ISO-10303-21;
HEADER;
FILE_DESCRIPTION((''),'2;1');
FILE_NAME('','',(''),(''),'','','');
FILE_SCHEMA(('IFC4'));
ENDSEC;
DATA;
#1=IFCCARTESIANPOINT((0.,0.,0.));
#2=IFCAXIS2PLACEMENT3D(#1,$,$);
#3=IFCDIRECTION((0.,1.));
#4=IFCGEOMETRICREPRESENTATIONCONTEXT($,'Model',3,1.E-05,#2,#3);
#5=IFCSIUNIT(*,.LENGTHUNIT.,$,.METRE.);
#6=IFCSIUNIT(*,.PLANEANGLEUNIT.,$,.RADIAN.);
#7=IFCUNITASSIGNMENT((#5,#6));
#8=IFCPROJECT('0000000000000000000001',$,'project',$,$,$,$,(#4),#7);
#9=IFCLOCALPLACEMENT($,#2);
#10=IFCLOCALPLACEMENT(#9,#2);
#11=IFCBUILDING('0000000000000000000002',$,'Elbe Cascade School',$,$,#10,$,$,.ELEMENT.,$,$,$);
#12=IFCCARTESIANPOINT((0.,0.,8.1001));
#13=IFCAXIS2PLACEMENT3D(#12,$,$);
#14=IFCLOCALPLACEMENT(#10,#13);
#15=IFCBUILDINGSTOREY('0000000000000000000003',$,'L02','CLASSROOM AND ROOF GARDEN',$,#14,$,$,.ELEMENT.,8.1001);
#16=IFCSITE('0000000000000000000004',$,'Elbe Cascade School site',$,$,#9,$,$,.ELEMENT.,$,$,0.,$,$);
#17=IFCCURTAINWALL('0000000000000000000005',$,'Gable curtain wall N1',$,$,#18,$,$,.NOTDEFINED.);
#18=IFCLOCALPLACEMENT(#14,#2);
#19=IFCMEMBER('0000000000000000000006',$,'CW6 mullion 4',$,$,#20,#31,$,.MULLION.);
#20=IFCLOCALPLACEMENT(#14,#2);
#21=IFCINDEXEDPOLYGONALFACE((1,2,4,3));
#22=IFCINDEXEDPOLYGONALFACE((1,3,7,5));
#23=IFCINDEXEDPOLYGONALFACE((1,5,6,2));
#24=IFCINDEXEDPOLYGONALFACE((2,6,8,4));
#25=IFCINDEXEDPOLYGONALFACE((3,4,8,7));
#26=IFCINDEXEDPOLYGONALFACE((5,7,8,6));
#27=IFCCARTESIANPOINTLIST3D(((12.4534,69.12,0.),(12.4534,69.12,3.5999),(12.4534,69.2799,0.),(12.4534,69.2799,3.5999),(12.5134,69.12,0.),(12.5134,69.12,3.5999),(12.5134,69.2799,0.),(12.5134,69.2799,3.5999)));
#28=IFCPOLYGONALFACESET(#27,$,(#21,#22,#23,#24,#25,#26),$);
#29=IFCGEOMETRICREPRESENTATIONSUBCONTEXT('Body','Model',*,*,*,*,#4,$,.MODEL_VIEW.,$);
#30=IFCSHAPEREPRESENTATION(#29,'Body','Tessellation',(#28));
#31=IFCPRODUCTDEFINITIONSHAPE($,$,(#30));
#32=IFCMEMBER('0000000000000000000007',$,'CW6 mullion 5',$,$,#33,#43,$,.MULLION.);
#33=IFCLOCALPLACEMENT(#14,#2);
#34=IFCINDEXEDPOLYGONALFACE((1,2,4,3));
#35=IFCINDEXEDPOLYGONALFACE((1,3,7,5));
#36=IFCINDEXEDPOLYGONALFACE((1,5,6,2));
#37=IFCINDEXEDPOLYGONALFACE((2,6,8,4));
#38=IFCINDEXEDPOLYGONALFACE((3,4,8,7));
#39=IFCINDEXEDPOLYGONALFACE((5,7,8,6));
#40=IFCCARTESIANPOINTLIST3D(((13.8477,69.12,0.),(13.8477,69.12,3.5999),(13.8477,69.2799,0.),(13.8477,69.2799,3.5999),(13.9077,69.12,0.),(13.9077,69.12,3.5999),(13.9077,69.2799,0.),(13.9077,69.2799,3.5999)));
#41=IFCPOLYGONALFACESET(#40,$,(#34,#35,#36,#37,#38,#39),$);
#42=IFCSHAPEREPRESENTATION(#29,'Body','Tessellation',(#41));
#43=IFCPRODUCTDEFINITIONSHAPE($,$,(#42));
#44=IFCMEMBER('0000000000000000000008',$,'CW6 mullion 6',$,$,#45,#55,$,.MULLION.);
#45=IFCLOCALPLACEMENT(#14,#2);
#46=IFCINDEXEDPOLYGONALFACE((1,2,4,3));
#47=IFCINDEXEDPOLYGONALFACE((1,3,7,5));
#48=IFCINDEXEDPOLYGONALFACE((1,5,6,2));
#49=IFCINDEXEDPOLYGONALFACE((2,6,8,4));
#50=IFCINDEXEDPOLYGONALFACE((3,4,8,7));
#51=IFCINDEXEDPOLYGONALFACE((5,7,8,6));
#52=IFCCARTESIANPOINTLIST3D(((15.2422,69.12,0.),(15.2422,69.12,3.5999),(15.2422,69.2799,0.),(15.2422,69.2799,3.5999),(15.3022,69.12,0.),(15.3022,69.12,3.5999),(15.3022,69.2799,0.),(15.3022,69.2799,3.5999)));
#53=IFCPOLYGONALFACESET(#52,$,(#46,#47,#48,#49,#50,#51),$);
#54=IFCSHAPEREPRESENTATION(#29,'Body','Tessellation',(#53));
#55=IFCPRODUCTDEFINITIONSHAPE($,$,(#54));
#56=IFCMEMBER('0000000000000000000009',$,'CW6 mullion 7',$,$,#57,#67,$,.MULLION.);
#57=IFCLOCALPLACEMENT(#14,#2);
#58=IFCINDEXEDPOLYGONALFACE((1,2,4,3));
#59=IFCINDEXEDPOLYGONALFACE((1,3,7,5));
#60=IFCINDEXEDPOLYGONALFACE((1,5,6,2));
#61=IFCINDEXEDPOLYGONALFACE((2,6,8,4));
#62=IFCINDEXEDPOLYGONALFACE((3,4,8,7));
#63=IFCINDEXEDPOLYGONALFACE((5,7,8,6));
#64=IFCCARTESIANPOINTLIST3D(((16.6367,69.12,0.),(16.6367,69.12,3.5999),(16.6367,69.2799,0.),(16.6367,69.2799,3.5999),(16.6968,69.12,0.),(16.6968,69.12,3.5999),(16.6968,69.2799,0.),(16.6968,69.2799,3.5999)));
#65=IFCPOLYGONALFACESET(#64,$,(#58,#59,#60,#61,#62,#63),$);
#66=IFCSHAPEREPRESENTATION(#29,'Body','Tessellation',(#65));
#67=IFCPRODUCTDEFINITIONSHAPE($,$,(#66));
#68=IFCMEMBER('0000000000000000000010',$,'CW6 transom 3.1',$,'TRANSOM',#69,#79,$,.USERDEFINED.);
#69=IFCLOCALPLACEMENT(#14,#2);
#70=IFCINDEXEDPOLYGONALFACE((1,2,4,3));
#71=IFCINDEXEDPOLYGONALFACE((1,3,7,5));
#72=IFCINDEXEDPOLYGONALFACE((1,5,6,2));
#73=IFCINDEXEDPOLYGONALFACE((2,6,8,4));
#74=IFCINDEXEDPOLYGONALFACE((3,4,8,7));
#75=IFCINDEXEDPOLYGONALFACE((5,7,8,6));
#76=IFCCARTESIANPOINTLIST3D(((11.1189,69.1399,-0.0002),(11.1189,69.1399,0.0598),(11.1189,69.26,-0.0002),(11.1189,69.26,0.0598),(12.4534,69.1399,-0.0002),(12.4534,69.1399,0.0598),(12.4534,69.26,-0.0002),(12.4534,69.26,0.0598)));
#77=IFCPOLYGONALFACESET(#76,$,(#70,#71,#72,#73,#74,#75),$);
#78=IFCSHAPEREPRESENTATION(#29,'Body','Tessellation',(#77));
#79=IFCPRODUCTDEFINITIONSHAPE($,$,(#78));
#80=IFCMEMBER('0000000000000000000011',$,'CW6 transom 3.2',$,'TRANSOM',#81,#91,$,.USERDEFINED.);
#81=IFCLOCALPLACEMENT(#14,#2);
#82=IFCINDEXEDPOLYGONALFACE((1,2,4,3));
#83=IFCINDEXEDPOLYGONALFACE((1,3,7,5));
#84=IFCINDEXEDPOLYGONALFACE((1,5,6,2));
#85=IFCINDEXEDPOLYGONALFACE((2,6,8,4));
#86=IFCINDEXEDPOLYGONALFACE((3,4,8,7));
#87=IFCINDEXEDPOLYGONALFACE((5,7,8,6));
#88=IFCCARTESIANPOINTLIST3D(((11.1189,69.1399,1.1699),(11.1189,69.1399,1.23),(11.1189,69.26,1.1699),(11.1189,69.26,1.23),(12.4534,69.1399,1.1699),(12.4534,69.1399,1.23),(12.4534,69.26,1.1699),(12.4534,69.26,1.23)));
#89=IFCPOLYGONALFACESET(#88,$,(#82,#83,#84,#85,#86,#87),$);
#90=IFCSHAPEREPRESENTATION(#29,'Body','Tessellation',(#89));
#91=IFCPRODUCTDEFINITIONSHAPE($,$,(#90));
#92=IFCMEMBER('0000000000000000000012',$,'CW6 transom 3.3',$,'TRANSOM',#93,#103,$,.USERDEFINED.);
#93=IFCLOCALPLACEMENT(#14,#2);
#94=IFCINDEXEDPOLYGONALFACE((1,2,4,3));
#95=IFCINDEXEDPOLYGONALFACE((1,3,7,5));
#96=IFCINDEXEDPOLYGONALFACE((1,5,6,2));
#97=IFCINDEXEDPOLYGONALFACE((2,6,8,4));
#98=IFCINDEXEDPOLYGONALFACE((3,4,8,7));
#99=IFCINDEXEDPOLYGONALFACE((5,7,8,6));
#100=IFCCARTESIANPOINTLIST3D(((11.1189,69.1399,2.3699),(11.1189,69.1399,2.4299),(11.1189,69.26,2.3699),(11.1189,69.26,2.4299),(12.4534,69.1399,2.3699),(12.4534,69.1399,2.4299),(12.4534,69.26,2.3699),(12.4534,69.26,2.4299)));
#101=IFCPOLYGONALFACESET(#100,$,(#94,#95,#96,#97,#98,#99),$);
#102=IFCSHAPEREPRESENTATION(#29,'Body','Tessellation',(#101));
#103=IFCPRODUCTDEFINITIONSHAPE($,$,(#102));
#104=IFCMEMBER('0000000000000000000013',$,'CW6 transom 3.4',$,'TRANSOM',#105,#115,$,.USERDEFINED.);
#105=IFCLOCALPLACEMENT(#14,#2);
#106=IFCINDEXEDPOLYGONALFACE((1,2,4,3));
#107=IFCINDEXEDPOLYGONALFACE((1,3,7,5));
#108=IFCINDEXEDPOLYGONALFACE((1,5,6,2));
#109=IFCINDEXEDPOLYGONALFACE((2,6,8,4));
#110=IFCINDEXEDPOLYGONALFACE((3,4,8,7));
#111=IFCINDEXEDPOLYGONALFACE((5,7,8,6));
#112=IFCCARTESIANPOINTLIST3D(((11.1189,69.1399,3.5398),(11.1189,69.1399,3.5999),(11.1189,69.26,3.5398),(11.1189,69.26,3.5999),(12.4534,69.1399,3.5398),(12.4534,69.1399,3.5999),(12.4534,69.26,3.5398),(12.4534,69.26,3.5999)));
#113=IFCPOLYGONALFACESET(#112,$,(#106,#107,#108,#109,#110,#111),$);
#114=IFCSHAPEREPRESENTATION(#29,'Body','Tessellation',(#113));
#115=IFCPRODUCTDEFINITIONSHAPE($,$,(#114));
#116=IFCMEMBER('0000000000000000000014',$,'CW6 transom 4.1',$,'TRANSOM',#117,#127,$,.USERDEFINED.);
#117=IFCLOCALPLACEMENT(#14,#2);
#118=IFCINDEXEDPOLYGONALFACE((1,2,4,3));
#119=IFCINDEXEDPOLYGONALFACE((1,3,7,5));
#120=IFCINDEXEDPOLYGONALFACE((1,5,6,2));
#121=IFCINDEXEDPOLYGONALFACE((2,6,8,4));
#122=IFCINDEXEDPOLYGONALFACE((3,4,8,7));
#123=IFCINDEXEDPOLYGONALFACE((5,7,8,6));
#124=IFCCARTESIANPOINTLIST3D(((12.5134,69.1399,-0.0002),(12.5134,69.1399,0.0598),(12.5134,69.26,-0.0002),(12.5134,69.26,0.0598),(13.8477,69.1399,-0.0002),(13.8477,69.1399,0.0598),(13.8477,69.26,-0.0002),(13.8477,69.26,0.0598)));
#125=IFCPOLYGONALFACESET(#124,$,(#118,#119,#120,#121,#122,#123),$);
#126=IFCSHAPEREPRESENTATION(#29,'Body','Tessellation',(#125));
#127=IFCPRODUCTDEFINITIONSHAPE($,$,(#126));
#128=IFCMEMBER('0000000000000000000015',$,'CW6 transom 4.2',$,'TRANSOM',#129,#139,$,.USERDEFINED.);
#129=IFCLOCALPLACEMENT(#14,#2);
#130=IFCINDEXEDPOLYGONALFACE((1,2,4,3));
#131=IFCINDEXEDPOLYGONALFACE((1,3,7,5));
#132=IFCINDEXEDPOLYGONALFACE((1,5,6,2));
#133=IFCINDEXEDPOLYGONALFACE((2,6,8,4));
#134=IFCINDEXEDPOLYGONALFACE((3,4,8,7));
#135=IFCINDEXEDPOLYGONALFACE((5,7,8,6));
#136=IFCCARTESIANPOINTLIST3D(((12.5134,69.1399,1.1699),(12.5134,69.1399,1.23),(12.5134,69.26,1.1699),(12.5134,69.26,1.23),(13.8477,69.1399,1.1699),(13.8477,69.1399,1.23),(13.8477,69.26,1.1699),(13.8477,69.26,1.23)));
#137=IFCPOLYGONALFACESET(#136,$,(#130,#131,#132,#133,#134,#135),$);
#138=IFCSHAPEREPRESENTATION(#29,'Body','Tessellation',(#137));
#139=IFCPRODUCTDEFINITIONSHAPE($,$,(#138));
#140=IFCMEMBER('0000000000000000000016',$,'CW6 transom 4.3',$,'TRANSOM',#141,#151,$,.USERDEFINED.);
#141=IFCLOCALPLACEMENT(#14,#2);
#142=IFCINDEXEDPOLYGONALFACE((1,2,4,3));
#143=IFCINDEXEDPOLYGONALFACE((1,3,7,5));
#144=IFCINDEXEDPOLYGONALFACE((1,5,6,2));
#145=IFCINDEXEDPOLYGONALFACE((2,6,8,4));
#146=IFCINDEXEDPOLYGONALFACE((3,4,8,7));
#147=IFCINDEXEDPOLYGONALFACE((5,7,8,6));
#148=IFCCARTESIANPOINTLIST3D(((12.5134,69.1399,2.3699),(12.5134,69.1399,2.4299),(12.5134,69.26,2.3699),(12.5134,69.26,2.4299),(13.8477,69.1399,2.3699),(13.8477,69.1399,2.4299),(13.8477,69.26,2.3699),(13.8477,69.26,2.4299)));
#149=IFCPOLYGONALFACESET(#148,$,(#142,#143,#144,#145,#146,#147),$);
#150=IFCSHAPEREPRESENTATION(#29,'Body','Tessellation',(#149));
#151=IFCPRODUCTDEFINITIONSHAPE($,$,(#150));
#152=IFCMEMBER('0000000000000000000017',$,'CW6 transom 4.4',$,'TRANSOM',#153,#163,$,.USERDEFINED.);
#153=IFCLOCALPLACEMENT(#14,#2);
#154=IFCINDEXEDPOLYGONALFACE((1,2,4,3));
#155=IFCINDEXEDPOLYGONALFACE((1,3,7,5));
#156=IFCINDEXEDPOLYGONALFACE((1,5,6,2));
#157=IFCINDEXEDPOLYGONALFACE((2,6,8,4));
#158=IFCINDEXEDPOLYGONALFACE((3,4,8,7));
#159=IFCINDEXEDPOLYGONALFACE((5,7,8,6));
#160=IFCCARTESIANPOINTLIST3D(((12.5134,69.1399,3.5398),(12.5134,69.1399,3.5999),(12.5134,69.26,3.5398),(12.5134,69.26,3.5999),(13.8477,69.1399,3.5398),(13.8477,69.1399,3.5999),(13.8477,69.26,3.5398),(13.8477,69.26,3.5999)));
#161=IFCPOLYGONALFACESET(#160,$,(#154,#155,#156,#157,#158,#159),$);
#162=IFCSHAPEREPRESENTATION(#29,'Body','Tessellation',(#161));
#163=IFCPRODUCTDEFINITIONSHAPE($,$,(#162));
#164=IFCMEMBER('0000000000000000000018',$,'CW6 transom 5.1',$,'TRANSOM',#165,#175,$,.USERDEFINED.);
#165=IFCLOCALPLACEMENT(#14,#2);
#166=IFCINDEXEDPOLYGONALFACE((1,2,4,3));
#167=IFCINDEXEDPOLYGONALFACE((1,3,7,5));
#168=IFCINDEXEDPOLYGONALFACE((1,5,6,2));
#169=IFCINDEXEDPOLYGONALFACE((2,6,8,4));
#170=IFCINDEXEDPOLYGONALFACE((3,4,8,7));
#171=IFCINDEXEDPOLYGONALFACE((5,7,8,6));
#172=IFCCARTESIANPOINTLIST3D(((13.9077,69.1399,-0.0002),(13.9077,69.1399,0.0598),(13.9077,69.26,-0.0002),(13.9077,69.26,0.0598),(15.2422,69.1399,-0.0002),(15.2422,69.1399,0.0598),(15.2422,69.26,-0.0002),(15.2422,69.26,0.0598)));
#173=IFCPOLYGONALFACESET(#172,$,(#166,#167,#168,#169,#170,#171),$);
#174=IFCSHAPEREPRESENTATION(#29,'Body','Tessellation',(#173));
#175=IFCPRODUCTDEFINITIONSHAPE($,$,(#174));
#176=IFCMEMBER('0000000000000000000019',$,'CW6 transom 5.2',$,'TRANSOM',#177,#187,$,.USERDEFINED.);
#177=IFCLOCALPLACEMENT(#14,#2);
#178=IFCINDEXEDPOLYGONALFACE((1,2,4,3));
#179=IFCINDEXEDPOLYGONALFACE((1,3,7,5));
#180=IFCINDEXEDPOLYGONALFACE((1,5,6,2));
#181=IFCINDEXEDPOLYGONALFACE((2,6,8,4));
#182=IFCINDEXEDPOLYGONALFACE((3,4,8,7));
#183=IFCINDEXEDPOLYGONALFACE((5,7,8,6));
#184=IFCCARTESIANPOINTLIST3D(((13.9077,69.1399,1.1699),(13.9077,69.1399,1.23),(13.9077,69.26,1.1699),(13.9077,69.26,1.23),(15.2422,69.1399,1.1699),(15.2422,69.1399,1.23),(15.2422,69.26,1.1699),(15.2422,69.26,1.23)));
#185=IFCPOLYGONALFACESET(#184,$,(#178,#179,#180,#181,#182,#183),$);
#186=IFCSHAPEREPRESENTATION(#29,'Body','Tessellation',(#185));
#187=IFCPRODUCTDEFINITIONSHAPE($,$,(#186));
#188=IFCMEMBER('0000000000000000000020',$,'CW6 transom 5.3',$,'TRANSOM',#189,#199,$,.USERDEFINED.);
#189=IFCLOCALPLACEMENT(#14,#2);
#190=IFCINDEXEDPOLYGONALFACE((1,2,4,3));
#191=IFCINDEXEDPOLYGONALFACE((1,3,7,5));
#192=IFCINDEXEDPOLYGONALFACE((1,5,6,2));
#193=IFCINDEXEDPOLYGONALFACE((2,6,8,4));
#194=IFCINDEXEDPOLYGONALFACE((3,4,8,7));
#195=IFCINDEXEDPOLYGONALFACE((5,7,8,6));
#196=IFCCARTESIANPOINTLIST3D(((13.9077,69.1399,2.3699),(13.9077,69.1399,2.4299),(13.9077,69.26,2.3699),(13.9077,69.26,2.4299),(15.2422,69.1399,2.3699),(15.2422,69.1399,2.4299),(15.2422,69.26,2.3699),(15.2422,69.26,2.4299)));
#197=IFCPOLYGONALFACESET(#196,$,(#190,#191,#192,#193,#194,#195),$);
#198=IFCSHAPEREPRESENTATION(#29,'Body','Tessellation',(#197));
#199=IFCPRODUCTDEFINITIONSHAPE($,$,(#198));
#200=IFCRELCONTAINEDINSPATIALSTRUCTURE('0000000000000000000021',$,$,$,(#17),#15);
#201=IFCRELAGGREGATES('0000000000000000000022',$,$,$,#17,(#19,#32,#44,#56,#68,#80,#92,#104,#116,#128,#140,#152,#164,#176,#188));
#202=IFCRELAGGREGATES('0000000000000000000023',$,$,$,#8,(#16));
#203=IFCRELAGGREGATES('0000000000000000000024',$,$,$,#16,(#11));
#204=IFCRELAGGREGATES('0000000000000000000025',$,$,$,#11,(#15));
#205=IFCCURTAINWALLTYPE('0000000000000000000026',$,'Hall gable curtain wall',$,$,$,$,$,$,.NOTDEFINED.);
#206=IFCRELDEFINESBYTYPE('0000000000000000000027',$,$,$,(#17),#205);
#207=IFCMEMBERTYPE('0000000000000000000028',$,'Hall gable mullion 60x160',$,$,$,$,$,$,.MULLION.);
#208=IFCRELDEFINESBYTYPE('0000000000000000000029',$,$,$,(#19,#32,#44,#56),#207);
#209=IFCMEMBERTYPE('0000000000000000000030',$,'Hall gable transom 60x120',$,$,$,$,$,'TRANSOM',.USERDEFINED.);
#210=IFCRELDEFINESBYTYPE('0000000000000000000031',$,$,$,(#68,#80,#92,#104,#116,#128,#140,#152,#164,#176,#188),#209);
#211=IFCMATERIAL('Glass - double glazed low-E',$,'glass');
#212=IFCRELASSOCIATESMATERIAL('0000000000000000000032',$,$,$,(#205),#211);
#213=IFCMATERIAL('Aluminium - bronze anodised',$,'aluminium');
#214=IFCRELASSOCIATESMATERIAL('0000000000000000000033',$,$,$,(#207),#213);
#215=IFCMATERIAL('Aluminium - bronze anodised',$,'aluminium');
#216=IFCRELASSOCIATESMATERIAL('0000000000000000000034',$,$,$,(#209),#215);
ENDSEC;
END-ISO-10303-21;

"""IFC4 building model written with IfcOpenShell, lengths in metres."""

from ifc_helpers import new_model, si_unit, direction, frame, origin, origin_2d, place, context, subcontext, project, spatial, rectangle, extrude, material, material_profile, profile_set, type_object, element, aggregate, save


model = new_model("IFC4")

# Units and contexts
model_context = context("Model", 3, precision=1e-05, world=origin(), true_north=direction((0.0, 1.0)))
body_context = subcontext(model_context, "Body", "Model", "MODEL_VIEW")
ifc_project = project(units=[si_unit("LENGTHUNIT", "METRE"), si_unit("PLANEANGLEUNIT", "RADIAN")], contexts=[model_context])

# Site, building, storey
site_placement = place(None, origin())
site = spatial("IfcSite", under=ifc_project, at=site_placement, Name="Elbe Cascade School site", CompositionType="ELEMENT", RefElevation=0.0)
building_placement = place(site_placement, origin())
building = spatial("IfcBuilding", under=site, at=building_placement, Name="Elbe Cascade School", CompositionType="ELEMENT")
storey_placement = place(building_placement, frame((0.0, 0.0, 8.1001)))
storey = spatial("IfcBuildingStorey", under=building, at=storey_placement, Name="L02", Description="CLASSROOM AND ROOF GARDEN", CompositionType="ELEMENT", Elevation=8.1001)

# Curtain wall, members
ifc_material_1 = material(Name="Glass - double glazed low-E", Category="glass")
curtain_wall_type = type_object("IfcCurtainWallType", Name="Hall gable curtain wall", PredefinedType="NOTDEFINED", material=ifc_material_1)
curtain_wall_placement = place(storey_placement, origin())
curtain_wall = element("IfcCurtainWall", 1, at=curtain_wall_placement, inside=storey, type_object=curtain_wall_type, Name="Gable curtain wall N1", PredefinedType="NOTDEFINED")
ifc_material_2 = material(Name="Aluminium - bronze anodised", Category="aluminium")
ifc_material_profile_1 = material_profile(ifc_material_2, rectangle(XDim=0.1599, YDim=0.0601, at=origin_2d()), Name="Alu 60x160")
ifc_profile_set_1 = profile_set([ifc_material_profile_1], Name="Aluminium - bronze anodised")
member_type_1 = type_object("IfcMemberType", Name="Hall gable mullion 60x160", PredefinedType="MULLION", material=ifc_profile_set_1)
member_1_placement = place(storey_placement, frame((12.4834, 69.2, 0.0), z_axis=(0.0, 0.0, 1.0), x_axis=(0.0, 1.0, 0.0)))
member_1 = element("IfcMember", 2, at=member_1_placement, type_object=member_type_1, Name="CW6 mullion 4", PredefinedType="MULLION", context=body_context, shape_type="SweptSolid", body=[
    extrude(rectangle(XDim=0.1599, YDim=0.0601, at=origin_2d()), origin(), (0.0, 0.0, 1.0), 3.5999),
])
member_2_placement = place(storey_placement, frame((13.8777, 69.2, 0.0), z_axis=(0.0, 0.0, 1.0), x_axis=(0.0, 1.0, 0.0)))
member_2 = element("IfcMember", 3, at=member_2_placement, type_object=member_type_1, Name="CW6 mullion 5", PredefinedType="MULLION", context=body_context, shape_type="SweptSolid", body=[
    extrude(rectangle(XDim=0.1599, YDim=0.0601, at=origin_2d()), origin(), (0.0, 0.0, 1.0), 3.5999),
])
member_3_placement = place(storey_placement, frame((15.2722, 69.2, 0.0), z_axis=(0.0, 0.0, 1.0), x_axis=(0.0, 1.0, 0.0)))
member_3 = element("IfcMember", 4, at=member_3_placement, type_object=member_type_1, Name="CW6 mullion 6", PredefinedType="MULLION", context=body_context, shape_type="SweptSolid", body=[
    extrude(rectangle(XDim=0.1599, YDim=0.0601, at=origin_2d()), origin(), (0.0, 0.0, 1.0), 3.5999),
])
member_4_placement = place(storey_placement, frame((16.6667, 69.2, 0.0), z_axis=(0.0, 0.0, 1.0), x_axis=(0.0, 1.0, 0.0)))
member_4 = element("IfcMember", 5, at=member_4_placement, type_object=member_type_1, Name="CW6 mullion 7", PredefinedType="MULLION", context=body_context, shape_type="SweptSolid", body=[
    extrude(rectangle(XDim=0.1599, YDim=0.0601, at=origin_2d()), origin(), (0.0, 0.0, 1.0), 3.5999),
])
ifc_material_3 = material(Name="Aluminium - bronze anodised", Category="aluminium")
ifc_material_profile_2 = material_profile(ifc_material_3, rectangle(XDim=0.1201, YDim=0.0601, at=origin_2d()), Name="Alu 60x120")
ifc_profile_set_2 = profile_set([ifc_material_profile_2], Name="Aluminium - bronze anodised")
member_type_2 = type_object("IfcMemberType", Name="Hall gable transom 60x120", ElementType="TRANSOM", PredefinedType="USERDEFINED", material=ifc_profile_set_2)
member_5_placement = place(storey_placement, frame((11.1189, 69.2, 0.0298), z_axis=(1.0, 0.0, 0.0), x_axis=(0.0, 1.0, 0.0)))
member_5 = element("IfcMember", 6, at=member_5_placement, type_object=member_type_2, Name="CW6 transom 3.1", ObjectType="TRANSOM", PredefinedType="USERDEFINED", context=body_context, shape_type="SweptSolid", body=[
    extrude(rectangle(XDim=0.1201, YDim=0.0601, at=origin_2d()), origin(), (0.0, 0.0, 1.0), 1.3345),
])
member_6_placement = place(storey_placement, frame((11.1189, 69.2, 1.2), z_axis=(1.0, 0.0, 0.0), x_axis=(0.0, 1.0, 0.0)))
member_6 = element("IfcMember", 7, at=member_6_placement, type_object=member_type_2, Name="CW6 transom 3.2", ObjectType="TRANSOM", PredefinedType="USERDEFINED", context=body_context, shape_type="SweptSolid", body=[
    extrude(rectangle(XDim=0.1201, YDim=0.0601, at=origin_2d()), origin(), (0.0, 0.0, 1.0), 1.3345),
])
member_7_placement = place(storey_placement, frame((11.1189, 69.2, 2.3999), z_axis=(1.0, 0.0, 0.0), x_axis=(0.0, 1.0, 0.0)))
member_7 = element("IfcMember", 8, at=member_7_placement, type_object=member_type_2, Name="CW6 transom 3.3", ObjectType="TRANSOM", PredefinedType="USERDEFINED", context=body_context, shape_type="SweptSolid", body=[
    extrude(rectangle(XDim=0.1201, YDim=0.0601, at=origin_2d()), origin(), (0.0, 0.0, 1.0), 1.3345),
])
member_8_placement = place(storey_placement, frame((11.1189, 69.2, 3.5698), z_axis=(1.0, 0.0, 0.0), x_axis=(0.0, 1.0, 0.0)))
member_8 = element("IfcMember", 9, at=member_8_placement, type_object=member_type_2, Name="CW6 transom 3.4", ObjectType="TRANSOM", PredefinedType="USERDEFINED", context=body_context, shape_type="SweptSolid", body=[
    extrude(rectangle(XDim=0.1201, YDim=0.0601, at=origin_2d()), origin(), (0.0, 0.0, 1.0), 1.3345),
])
member_9_placement = place(storey_placement, frame((12.5134, 69.2, 0.0298), z_axis=(1.0, 0.0, 0.0), x_axis=(0.0, 1.0, 0.0)))
member_9 = element("IfcMember", 10, at=member_9_placement, type_object=member_type_2, Name="CW6 transom 4.1", ObjectType="TRANSOM", PredefinedType="USERDEFINED", context=body_context, shape_type="SweptSolid", body=[
    extrude(rectangle(XDim=0.1201, YDim=0.0601, at=origin_2d()), origin(), (0.0, 0.0, 1.0), 1.3342),
])
member_10_placement = place(storey_placement, frame((12.5134, 69.2, 1.2), z_axis=(1.0, 0.0, 0.0), x_axis=(0.0, 1.0, 0.0)))
member_10 = element("IfcMember", 11, at=member_10_placement, type_object=member_type_2, Name="CW6 transom 4.2", ObjectType="TRANSOM", PredefinedType="USERDEFINED", context=body_context, shape_type="SweptSolid", body=[
    extrude(rectangle(XDim=0.1201, YDim=0.0601, at=origin_2d()), origin(), (0.0, 0.0, 1.0), 1.3342),
])
member_11_placement = place(storey_placement, frame((12.5134, 69.2, 2.3999), z_axis=(1.0, 0.0, 0.0), x_axis=(0.0, 1.0, 0.0)))
member_11 = element("IfcMember", 12, at=member_11_placement, type_object=member_type_2, Name="CW6 transom 4.3", ObjectType="TRANSOM", PredefinedType="USERDEFINED", context=body_context, shape_type="SweptSolid", body=[
    extrude(rectangle(XDim=0.1201, YDim=0.0601, at=origin_2d()), origin(), (0.0, 0.0, 1.0), 1.3342),
])
member_12_placement = place(storey_placement, frame((12.5134, 69.2, 3.5698), z_axis=(1.0, 0.0, 0.0), x_axis=(0.0, 1.0, 0.0)))
member_12 = element("IfcMember", 13, at=member_12_placement, type_object=member_type_2, Name="CW6 transom 4.4", ObjectType="TRANSOM", PredefinedType="USERDEFINED", context=body_context, shape_type="SweptSolid", body=[
    extrude(rectangle(XDim=0.1201, YDim=0.0601, at=origin_2d()), origin(), (0.0, 0.0, 1.0), 1.3342),
])
member_13_placement = place(storey_placement, frame((13.9077, 69.2, 0.0298), z_axis=(1.0, 0.0, 0.0), x_axis=(0.0, 1.0, 0.0)))
member_13 = element("IfcMember", 14, at=member_13_placement, type_object=member_type_2, Name="CW6 transom 5.1", ObjectType="TRANSOM", PredefinedType="USERDEFINED", context=body_context, shape_type="SweptSolid", body=[
    extrude(rectangle(XDim=0.1201, YDim=0.0601, at=origin_2d()), origin(), (0.0, 0.0, 1.0), 1.3345),
])
member_14_placement = place(storey_placement, frame((13.9077, 69.2, 1.2), z_axis=(1.0, 0.0, 0.0), x_axis=(0.0, 1.0, 0.0)))
member_14 = element("IfcMember", 15, at=member_14_placement, type_object=member_type_2, Name="CW6 transom 5.2", ObjectType="TRANSOM", PredefinedType="USERDEFINED", context=body_context, shape_type="SweptSolid", body=[
    extrude(rectangle(XDim=0.1201, YDim=0.0601, at=origin_2d()), origin(), (0.0, 0.0, 1.0), 1.3345),
])
member_15_placement = place(storey_placement, frame((13.9077, 69.2, 2.3999), z_axis=(1.0, 0.0, 0.0), x_axis=(0.0, 1.0, 0.0)))
member_15 = element("IfcMember", 16, at=member_15_placement, type_object=member_type_2, Name="CW6 transom 5.3", ObjectType="TRANSOM", PredefinedType="USERDEFINED", context=body_context, shape_type="SweptSolid", body=[
    extrude(rectangle(XDim=0.1201, YDim=0.0601, at=origin_2d()), origin(), (0.0, 0.0, 1.0), 1.3345),
])
aggregate(curtain_wall, [member_1, member_2, member_3, member_4, member_5, member_6, member_7, member_8, member_9, member_10, member_11, member_12, member_13, member_14, member_15])

save(model, "model.ifc")
